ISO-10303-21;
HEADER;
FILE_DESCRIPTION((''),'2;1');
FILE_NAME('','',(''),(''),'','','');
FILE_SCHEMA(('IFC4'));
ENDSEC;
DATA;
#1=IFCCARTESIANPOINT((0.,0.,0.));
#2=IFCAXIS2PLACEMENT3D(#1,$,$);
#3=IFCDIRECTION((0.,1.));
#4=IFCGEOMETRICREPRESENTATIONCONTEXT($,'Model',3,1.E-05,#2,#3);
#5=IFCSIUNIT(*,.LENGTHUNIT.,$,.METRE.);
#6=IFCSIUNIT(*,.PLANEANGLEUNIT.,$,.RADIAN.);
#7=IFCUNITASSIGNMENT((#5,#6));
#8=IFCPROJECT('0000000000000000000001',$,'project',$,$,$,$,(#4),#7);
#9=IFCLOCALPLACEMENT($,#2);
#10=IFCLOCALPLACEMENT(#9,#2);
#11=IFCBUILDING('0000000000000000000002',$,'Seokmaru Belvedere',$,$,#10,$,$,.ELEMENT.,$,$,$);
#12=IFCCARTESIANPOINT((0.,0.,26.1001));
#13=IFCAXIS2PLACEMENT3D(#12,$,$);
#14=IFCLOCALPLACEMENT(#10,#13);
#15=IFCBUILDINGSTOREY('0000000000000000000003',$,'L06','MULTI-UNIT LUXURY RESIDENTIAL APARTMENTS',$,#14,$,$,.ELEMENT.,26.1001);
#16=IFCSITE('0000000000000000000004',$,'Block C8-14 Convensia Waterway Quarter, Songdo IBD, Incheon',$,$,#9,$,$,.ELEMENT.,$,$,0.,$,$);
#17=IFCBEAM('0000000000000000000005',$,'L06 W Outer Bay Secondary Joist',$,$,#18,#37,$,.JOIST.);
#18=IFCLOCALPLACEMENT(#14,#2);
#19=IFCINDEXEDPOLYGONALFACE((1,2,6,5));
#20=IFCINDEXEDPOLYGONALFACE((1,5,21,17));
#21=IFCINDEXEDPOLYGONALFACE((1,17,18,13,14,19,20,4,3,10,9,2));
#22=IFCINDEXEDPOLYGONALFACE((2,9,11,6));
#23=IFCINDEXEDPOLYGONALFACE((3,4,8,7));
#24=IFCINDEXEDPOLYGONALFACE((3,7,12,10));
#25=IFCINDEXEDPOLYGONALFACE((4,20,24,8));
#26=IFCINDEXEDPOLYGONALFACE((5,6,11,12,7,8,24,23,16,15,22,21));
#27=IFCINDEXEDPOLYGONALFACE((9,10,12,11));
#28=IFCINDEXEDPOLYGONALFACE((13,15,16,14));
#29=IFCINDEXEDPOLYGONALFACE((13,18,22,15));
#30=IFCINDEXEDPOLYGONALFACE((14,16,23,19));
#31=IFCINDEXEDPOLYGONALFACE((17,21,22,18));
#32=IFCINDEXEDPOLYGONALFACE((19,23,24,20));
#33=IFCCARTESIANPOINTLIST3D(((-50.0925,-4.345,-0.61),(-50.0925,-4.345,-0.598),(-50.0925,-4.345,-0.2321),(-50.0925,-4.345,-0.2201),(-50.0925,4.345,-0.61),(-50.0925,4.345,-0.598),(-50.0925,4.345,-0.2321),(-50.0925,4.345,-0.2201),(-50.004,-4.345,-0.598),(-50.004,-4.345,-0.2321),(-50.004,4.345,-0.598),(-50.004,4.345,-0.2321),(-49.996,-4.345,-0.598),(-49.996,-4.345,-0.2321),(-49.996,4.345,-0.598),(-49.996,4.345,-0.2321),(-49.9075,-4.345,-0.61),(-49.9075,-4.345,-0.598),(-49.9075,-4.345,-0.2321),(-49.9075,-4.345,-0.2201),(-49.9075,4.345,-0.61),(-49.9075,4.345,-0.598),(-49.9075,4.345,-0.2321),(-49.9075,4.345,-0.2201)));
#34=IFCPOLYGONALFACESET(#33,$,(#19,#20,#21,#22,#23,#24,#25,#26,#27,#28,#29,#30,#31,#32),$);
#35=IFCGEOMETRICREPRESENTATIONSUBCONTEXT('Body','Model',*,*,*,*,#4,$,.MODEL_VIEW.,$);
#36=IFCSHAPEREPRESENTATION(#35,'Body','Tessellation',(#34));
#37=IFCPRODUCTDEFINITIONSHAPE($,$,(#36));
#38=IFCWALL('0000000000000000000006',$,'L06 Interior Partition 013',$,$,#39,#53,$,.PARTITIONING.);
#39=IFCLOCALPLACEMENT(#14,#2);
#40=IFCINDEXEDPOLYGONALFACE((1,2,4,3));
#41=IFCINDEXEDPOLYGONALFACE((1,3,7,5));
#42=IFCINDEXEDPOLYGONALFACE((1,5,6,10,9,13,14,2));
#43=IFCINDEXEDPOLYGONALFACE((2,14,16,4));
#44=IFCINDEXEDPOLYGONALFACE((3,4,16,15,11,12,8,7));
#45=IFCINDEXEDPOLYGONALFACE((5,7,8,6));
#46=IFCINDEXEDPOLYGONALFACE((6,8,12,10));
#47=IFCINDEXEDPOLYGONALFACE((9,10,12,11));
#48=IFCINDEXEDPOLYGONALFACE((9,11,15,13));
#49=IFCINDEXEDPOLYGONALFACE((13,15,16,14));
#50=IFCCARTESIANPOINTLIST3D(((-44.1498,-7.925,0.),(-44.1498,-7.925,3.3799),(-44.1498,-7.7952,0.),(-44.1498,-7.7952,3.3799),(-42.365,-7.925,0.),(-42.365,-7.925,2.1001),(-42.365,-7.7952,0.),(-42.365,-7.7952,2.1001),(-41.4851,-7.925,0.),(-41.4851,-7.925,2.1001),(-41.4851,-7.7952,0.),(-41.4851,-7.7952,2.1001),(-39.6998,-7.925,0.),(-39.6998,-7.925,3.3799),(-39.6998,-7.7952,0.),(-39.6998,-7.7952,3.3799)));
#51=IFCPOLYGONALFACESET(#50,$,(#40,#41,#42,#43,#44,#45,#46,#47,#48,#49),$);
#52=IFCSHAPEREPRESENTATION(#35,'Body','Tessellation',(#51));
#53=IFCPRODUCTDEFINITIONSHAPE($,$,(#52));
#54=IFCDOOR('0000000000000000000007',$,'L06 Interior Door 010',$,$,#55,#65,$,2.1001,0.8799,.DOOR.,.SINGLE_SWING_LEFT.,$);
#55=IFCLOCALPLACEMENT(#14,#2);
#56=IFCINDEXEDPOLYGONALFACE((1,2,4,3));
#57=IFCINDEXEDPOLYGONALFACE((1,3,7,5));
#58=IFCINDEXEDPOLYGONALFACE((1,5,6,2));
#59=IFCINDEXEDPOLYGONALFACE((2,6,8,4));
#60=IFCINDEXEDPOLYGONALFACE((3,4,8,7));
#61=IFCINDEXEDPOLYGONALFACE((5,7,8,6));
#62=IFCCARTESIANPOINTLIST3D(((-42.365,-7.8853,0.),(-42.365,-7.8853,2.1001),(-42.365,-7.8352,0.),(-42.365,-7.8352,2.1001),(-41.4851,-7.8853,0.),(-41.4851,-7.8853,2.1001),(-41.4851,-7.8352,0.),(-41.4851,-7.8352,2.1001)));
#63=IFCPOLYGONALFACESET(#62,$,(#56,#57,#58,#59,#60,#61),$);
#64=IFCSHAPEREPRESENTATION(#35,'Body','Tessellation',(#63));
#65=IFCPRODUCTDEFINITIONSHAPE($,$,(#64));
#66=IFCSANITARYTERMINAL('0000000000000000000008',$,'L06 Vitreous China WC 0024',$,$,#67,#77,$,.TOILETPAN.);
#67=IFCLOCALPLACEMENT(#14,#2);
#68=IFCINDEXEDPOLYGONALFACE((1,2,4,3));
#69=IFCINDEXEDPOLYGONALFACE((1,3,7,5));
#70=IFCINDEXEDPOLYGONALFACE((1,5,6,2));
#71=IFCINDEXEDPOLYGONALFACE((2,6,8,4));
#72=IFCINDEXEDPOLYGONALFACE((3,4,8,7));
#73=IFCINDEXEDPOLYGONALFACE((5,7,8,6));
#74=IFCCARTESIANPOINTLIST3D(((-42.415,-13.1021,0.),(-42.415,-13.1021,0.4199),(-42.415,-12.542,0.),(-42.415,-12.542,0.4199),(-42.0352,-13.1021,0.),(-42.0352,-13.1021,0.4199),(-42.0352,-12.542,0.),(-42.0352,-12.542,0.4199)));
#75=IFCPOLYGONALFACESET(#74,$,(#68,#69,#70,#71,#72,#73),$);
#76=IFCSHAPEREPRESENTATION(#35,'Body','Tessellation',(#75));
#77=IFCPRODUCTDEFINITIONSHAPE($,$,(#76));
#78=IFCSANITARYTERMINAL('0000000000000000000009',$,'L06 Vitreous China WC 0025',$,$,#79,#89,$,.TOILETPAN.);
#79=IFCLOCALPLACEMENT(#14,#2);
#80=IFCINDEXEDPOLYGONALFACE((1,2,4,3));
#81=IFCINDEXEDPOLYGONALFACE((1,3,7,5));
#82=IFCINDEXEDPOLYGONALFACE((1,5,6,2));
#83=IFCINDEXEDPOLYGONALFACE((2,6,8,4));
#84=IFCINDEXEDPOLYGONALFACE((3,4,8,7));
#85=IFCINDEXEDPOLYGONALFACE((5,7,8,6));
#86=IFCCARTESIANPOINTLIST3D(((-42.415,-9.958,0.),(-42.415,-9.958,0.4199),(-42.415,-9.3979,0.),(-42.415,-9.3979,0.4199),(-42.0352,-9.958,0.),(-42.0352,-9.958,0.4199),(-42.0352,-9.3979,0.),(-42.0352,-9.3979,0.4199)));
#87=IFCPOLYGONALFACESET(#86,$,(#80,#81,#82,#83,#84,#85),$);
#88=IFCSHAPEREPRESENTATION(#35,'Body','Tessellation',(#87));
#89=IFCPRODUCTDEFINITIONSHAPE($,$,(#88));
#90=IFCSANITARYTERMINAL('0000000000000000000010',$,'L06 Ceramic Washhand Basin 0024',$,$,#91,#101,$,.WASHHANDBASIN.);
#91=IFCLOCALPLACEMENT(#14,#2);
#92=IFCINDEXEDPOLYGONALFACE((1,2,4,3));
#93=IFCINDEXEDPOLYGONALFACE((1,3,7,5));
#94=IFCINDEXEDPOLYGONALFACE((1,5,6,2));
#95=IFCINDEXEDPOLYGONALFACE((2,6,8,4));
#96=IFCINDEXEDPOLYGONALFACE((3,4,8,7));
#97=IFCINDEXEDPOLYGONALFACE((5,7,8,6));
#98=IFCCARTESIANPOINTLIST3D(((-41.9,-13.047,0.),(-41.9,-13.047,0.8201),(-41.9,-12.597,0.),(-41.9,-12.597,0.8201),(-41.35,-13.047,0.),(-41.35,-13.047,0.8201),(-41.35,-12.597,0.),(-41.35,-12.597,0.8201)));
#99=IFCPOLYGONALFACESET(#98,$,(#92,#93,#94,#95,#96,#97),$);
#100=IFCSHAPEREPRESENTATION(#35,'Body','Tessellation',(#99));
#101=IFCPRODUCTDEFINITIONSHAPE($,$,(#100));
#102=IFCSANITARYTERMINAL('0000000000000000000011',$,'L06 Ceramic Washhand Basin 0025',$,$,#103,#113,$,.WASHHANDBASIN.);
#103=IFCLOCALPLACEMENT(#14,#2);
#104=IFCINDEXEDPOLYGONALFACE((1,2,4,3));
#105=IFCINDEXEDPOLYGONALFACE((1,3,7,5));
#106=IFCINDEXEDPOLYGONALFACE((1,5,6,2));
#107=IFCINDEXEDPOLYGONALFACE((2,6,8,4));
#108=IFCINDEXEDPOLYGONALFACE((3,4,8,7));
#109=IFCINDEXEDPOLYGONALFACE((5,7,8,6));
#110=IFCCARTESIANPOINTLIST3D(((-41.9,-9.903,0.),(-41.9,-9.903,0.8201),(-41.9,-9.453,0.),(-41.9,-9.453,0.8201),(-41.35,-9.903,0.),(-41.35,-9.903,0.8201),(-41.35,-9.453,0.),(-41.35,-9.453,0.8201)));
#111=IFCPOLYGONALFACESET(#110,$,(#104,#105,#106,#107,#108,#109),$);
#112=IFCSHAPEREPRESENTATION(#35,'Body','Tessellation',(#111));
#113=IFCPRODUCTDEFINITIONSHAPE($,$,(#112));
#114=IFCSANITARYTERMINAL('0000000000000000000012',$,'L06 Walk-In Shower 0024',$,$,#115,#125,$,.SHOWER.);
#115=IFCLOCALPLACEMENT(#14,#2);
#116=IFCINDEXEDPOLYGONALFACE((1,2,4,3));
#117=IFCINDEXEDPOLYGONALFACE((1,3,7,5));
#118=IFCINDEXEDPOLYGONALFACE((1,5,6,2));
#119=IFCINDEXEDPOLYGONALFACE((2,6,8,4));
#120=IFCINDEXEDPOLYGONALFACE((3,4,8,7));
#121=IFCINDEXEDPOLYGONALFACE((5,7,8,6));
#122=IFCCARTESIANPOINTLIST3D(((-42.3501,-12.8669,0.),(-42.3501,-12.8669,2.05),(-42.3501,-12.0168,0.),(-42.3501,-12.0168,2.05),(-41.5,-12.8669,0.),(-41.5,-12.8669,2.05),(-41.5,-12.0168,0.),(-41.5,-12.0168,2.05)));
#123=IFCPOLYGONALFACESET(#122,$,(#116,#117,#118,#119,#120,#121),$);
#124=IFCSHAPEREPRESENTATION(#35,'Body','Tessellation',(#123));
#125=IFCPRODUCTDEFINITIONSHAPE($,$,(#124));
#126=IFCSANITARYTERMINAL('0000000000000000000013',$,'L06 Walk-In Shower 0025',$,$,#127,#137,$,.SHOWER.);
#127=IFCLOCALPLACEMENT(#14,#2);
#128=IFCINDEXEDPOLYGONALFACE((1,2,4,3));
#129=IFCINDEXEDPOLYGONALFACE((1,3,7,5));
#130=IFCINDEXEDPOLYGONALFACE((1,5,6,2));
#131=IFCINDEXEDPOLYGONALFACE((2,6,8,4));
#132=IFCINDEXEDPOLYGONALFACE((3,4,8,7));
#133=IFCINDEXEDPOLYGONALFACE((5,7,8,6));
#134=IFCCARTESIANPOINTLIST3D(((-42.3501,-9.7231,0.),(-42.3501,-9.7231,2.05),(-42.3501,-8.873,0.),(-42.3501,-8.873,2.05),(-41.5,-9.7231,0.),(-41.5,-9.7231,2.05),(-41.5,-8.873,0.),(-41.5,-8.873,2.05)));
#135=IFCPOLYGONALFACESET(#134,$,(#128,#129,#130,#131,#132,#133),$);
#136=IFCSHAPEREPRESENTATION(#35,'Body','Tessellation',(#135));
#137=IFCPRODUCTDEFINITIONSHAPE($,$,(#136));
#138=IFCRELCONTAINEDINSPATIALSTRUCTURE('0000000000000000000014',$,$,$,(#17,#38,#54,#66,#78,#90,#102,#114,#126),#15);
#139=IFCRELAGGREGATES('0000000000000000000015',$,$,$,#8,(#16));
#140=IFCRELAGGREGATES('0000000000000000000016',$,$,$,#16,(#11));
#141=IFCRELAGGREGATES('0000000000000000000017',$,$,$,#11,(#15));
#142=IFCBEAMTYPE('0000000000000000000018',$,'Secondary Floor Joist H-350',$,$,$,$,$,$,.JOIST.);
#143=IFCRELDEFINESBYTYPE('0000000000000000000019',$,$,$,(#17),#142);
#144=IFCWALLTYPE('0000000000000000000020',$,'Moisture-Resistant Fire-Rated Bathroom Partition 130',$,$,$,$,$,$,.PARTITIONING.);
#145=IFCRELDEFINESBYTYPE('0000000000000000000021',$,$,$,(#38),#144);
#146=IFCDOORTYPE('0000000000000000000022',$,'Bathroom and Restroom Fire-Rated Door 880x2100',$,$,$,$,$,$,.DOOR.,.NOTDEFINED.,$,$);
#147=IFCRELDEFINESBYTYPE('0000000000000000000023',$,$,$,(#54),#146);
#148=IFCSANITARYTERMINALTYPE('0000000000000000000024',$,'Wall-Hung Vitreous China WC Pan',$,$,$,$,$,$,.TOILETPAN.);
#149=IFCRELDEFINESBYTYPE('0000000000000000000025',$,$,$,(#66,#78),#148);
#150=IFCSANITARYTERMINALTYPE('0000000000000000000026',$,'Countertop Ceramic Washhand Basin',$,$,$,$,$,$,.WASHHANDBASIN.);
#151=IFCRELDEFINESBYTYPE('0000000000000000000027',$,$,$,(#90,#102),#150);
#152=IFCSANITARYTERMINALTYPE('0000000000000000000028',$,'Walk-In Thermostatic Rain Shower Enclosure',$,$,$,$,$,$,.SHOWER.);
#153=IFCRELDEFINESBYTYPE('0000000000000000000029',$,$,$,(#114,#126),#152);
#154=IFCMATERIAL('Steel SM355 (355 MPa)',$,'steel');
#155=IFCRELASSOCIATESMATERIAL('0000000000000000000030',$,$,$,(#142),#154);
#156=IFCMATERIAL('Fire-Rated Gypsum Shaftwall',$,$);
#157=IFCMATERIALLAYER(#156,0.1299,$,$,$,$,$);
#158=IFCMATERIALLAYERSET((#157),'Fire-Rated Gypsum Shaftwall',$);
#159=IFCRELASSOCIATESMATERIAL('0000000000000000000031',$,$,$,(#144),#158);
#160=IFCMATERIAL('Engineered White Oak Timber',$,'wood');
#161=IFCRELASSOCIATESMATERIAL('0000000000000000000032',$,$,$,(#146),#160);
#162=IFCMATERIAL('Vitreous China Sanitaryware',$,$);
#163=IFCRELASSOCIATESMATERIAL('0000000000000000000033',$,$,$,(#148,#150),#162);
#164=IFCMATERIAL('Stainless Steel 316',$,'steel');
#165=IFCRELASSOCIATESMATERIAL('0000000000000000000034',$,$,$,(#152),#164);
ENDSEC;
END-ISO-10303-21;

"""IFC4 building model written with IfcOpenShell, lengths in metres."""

from ifc_helpers import new_model, si_unit, direction, frame, frame_2d, origin, origin_2d, place, context, subcontext, project, spatial, rectangle, i_section, extrude, source, transform, mapped, material, layer, layer_set, material_profile, profile_set, type_object, type_shapes, element, fill, save


model = new_model("IFC4")

# Units and contexts
model_context = context("Model", 3, precision=1e-05, world=origin(), true_north=direction((0.0, 1.0)))
body_context = subcontext(model_context, "Body", "Model", "MODEL_VIEW")
ifc_project = project(units=[si_unit("LENGTHUNIT", "METRE"), si_unit("PLANEANGLEUNIT", "RADIAN")], contexts=[model_context])

# Site, building, storey
site_placement = place(None, origin())
site = spatial("IfcSite", under=ifc_project, at=site_placement, Name="Block C8-14 Convensia Waterway Quarter, Songdo IBD, Incheon", CompositionType="ELEMENT", RefElevation=0.0)
building_placement = place(site_placement, origin())
building = spatial("IfcBuilding", under=site, at=building_placement, Name="Seokmaru Belvedere", CompositionType="ELEMENT")
storey_placement = place(building_placement, frame((0.0, 0.0, 26.1001)))
storey = spatial("IfcBuildingStorey", under=building, at=storey_placement, Name="L06", Description="MULTI-UNIT LUXURY RESIDENTIAL APARTMENTS", CompositionType="ELEMENT", Elevation=26.1001)

# Beam
ifc_material_1 = material(Name="Steel SM355 (355 MPa)", Category="steel")
ifc_material_profile_1 = material_profile(ifc_material_1, i_section(OverallWidth=0.1851, OverallDepth=0.3899, WebThickness=0.0081, FlangeThickness=0.012, at=origin_2d()), Name="H-390x185x8x12")
ifc_profile_set_1 = profile_set([ifc_material_profile_1], Name="Steel SM355 (355 MPa)")
beam_type_1 = type_object("IfcBeamType", Name="Secondary Floor Joist H-350", PredefinedType="JOIST", material=ifc_profile_set_1)
shared_shape_1 = source(origin(), body_context, "Body", "SweptSolid", [
    extrude(i_section(OverallWidth=0.1851, OverallDepth=0.3899, WebThickness=0.0081, FlangeThickness=0.012, at=origin_2d()), origin(), (0.0, 0.0, 1.0), 8.6899),
])
type_shapes(beam_type_1, [shared_shape_1])
for number, where, z_axis, x_axis, name in (
    (1, (-50.0, -4.345, -0.415), (0.0, 1.0, 0.0), (-1.0, 0.0, 0.0), "L06 W Outer Bay Secondary Joist"),
):
    element("IfcBeam", number, at=place(storey_placement, frame(where, z_axis=z_axis, x_axis=x_axis)), inside=storey, type_object=beam_type_1, Name=name, PredefinedType="JOIST", context=body_context, shape_type="MappedRepresentation", body=[
        mapped(shared_shape_1, transform((0.0, 0.0, 0.0), scale=1.0)),
    ])

# Wall, opening, door
ifc_material_2 = material(Name="Fire-Rated Gypsum Shaftwall")
ifc_layer = layer(ifc_material_2, 0.1299)
ifc_layer_set = layer_set([ifc_layer], Name="Fire-Rated Gypsum Shaftwall")
wall_type = type_object("IfcWallType", Name="Moisture-Resistant Fire-Rated Bathroom Partition 130", PredefinedType="PARTITIONING", material=ifc_layer_set)
wall_placement = place(storey_placement, frame((-44.1499, -7.8601, 0.0), z_axis=(0.0, 0.0, 1.0), x_axis=(1.0, 0.0, 0.0)))
wall = element("IfcWall", 2, at=wall_placement, inside=storey, type_object=wall_type, Name="L06 Interior Partition 013", PredefinedType="PARTITIONING", context=body_context, shape_type="SweptSolid", body=[
    extrude(rectangle(XDim=4.45, YDim=0.1299, at=frame_2d((2.2251, 0.0))), origin(), (0.0, 0.0, 1.0), 3.3799),
])
opening_placement = place(wall_placement, frame((1.7849, 0.0, 0.0)))
opening = element("IfcOpeningElement", 3, at=opening_placement, cuts=wall, PredefinedType="OPENING", context=body_context, shape_type="SweptSolid", body=[
    extrude(rectangle(XDim=0.8799, YDim=2.1001, at=frame_2d((0.4399, 1.05))), frame((0.0, 0.075, 0.0), z_axis=(0.0, -1.0, 0.0), x_axis=(1.0, 0.0, 0.0)), (0.0, 0.0, 1.0), 0.1499),
])
ifc_material_3 = material(Name="Engineered White Oak Timber", Category="wood")
door_type = type_object("IfcDoorType", Name="Bathroom and Restroom Fire-Rated Door 880x2100", OperationType="NOTDEFINED", PredefinedType="DOOR", material=ifc_material_3)
shared_shape_2 = source(origin(), body_context, "Body", "SweptSolid", [
    extrude(rectangle(XDim=0.8799, YDim=2.1001, at=frame_2d((0.4399, 1.05))), frame((0.0, 0.0249, 0.0), z_axis=(0.0, -1.0, 0.0), x_axis=(1.0, 0.0, 0.0)), (0.0, 0.0, 1.0), 0.05),
])
type_shapes(door_type, [shared_shape_2])
door_placement = place(opening_placement, origin())
door = element("IfcDoor", 4, at=door_placement, inside=storey, type_object=door_type, Name="L06 Interior Door 010", OperationType="SINGLE_SWING_LEFT", OverallHeight=2.1001, OverallWidth=0.8799, PredefinedType="DOOR", context=body_context, shape_type="MappedRepresentation", body=[
    mapped(shared_shape_2, transform((0.0, 0.0, 0.0), scale=1.0)),
])
fill(opening, door)

# Sanitary terminals
ifc_material_4 = material(Name="Vitreous China Sanitaryware")
sanitary_terminal_type_1 = type_object("IfcSanitaryTerminalType", Name="Wall-Hung Vitreous China WC Pan", PredefinedType="TOILETPAN", material=ifc_material_4)
shared_shape_3 = source(origin(), body_context, "Body", "SweptSolid", [
    extrude(rectangle(XDim=0.3799, YDim=0.5601, at=origin_2d()), origin(), (0.0, 0.0, 1.0), 0.4199),
])
type_shapes(sanitary_terminal_type_1, [shared_shape_3])
for number, where, z_axis, x_axis, name in (
    (5, (-42.2251, -12.822, 0.0), (0.0, 0.0, 1.0), (1.0, 0.0, 0.0), "L06 Vitreous China WC 0024"),
    (6, (-42.2251, -9.678, 0.0), (0.0, 0.0, 1.0), (1.0, 0.0, 0.0), "L06 Vitreous China WC 0025"),
):
    element("IfcSanitaryTerminal", number, at=place(storey_placement, frame(where, z_axis=z_axis, x_axis=x_axis)), inside=storey, type_object=sanitary_terminal_type_1, Name=name, PredefinedType="TOILETPAN", context=body_context, shape_type="MappedRepresentation", body=[
        mapped(shared_shape_3, transform((0.0, 0.0, 0.0), scale=1.0)),
    ])
sanitary_terminal_type_2 = type_object("IfcSanitaryTerminalType", Name="Countertop Ceramic Washhand Basin", PredefinedType="WASHHANDBASIN", material=ifc_material_4)
shared_shape_4 = source(origin(), body_context, "Body", "SweptSolid", [
    extrude(rectangle(XDim=0.55, YDim=0.45, at=origin_2d()), origin(), (0.0, 0.0, 1.0), 0.8201),
])
type_shapes(sanitary_terminal_type_2, [shared_shape_4])
for number, where, z_axis, x_axis, name in (
    (7, (-41.625, -12.822, 0.0), (0.0, 0.0, 1.0), (1.0, 0.0, 0.0), "L06 Ceramic Washhand Basin 0024"),
    (8, (-41.625, -9.678, 0.0), (0.0, 0.0, 1.0), (1.0, 0.0, 0.0), "L06 Ceramic Washhand Basin 0025"),
):
    element("IfcSanitaryTerminal", number, at=place(storey_placement, frame(where, z_axis=z_axis, x_axis=x_axis)), inside=storey, type_object=sanitary_terminal_type_2, Name=name, PredefinedType="WASHHANDBASIN", context=body_context, shape_type="MappedRepresentation", body=[
        mapped(shared_shape_4, transform((0.0, 0.0, 0.0), scale=1.0)),
    ])
ifc_material_5 = material(Name="Stainless Steel 316", Category="steel")
sanitary_terminal_type_3 = type_object("IfcSanitaryTerminalType", Name="Walk-In Thermostatic Rain Shower Enclosure", PredefinedType="SHOWER", material=ifc_material_5)
shared_shape_5 = source(origin(), body_context, "Body", "SweptSolid", [
    extrude(rectangle(XDim=0.8501, YDim=0.8501, at=origin_2d()), origin(), (0.0, 0.0, 1.0), 2.05),
])
type_shapes(sanitary_terminal_type_3, [shared_shape_5])
for number, where, z_axis, x_axis, name in (
    (9, (-41.925, -12.4419, 0.0), (0.0, 0.0, 1.0), (1.0, 0.0, 0.0), "L06 Walk-In Shower 0024"),
    (10, (-41.925, -9.2981, 0.0), (0.0, 0.0, 1.0), (1.0, 0.0, 0.0), "L06 Walk-In Shower 0025"),
):
    element("IfcSanitaryTerminal", number, at=place(storey_placement, frame(where, z_axis=z_axis, x_axis=x_axis)), inside=storey, type_object=sanitary_terminal_type_3, Name=name, PredefinedType="SHOWER", context=body_context, shape_type="MappedRepresentation", body=[
        mapped(shared_shape_5, transform((0.0, 0.0, 0.0), scale=1.0)),
    ])

save(model, "model.ifc")
